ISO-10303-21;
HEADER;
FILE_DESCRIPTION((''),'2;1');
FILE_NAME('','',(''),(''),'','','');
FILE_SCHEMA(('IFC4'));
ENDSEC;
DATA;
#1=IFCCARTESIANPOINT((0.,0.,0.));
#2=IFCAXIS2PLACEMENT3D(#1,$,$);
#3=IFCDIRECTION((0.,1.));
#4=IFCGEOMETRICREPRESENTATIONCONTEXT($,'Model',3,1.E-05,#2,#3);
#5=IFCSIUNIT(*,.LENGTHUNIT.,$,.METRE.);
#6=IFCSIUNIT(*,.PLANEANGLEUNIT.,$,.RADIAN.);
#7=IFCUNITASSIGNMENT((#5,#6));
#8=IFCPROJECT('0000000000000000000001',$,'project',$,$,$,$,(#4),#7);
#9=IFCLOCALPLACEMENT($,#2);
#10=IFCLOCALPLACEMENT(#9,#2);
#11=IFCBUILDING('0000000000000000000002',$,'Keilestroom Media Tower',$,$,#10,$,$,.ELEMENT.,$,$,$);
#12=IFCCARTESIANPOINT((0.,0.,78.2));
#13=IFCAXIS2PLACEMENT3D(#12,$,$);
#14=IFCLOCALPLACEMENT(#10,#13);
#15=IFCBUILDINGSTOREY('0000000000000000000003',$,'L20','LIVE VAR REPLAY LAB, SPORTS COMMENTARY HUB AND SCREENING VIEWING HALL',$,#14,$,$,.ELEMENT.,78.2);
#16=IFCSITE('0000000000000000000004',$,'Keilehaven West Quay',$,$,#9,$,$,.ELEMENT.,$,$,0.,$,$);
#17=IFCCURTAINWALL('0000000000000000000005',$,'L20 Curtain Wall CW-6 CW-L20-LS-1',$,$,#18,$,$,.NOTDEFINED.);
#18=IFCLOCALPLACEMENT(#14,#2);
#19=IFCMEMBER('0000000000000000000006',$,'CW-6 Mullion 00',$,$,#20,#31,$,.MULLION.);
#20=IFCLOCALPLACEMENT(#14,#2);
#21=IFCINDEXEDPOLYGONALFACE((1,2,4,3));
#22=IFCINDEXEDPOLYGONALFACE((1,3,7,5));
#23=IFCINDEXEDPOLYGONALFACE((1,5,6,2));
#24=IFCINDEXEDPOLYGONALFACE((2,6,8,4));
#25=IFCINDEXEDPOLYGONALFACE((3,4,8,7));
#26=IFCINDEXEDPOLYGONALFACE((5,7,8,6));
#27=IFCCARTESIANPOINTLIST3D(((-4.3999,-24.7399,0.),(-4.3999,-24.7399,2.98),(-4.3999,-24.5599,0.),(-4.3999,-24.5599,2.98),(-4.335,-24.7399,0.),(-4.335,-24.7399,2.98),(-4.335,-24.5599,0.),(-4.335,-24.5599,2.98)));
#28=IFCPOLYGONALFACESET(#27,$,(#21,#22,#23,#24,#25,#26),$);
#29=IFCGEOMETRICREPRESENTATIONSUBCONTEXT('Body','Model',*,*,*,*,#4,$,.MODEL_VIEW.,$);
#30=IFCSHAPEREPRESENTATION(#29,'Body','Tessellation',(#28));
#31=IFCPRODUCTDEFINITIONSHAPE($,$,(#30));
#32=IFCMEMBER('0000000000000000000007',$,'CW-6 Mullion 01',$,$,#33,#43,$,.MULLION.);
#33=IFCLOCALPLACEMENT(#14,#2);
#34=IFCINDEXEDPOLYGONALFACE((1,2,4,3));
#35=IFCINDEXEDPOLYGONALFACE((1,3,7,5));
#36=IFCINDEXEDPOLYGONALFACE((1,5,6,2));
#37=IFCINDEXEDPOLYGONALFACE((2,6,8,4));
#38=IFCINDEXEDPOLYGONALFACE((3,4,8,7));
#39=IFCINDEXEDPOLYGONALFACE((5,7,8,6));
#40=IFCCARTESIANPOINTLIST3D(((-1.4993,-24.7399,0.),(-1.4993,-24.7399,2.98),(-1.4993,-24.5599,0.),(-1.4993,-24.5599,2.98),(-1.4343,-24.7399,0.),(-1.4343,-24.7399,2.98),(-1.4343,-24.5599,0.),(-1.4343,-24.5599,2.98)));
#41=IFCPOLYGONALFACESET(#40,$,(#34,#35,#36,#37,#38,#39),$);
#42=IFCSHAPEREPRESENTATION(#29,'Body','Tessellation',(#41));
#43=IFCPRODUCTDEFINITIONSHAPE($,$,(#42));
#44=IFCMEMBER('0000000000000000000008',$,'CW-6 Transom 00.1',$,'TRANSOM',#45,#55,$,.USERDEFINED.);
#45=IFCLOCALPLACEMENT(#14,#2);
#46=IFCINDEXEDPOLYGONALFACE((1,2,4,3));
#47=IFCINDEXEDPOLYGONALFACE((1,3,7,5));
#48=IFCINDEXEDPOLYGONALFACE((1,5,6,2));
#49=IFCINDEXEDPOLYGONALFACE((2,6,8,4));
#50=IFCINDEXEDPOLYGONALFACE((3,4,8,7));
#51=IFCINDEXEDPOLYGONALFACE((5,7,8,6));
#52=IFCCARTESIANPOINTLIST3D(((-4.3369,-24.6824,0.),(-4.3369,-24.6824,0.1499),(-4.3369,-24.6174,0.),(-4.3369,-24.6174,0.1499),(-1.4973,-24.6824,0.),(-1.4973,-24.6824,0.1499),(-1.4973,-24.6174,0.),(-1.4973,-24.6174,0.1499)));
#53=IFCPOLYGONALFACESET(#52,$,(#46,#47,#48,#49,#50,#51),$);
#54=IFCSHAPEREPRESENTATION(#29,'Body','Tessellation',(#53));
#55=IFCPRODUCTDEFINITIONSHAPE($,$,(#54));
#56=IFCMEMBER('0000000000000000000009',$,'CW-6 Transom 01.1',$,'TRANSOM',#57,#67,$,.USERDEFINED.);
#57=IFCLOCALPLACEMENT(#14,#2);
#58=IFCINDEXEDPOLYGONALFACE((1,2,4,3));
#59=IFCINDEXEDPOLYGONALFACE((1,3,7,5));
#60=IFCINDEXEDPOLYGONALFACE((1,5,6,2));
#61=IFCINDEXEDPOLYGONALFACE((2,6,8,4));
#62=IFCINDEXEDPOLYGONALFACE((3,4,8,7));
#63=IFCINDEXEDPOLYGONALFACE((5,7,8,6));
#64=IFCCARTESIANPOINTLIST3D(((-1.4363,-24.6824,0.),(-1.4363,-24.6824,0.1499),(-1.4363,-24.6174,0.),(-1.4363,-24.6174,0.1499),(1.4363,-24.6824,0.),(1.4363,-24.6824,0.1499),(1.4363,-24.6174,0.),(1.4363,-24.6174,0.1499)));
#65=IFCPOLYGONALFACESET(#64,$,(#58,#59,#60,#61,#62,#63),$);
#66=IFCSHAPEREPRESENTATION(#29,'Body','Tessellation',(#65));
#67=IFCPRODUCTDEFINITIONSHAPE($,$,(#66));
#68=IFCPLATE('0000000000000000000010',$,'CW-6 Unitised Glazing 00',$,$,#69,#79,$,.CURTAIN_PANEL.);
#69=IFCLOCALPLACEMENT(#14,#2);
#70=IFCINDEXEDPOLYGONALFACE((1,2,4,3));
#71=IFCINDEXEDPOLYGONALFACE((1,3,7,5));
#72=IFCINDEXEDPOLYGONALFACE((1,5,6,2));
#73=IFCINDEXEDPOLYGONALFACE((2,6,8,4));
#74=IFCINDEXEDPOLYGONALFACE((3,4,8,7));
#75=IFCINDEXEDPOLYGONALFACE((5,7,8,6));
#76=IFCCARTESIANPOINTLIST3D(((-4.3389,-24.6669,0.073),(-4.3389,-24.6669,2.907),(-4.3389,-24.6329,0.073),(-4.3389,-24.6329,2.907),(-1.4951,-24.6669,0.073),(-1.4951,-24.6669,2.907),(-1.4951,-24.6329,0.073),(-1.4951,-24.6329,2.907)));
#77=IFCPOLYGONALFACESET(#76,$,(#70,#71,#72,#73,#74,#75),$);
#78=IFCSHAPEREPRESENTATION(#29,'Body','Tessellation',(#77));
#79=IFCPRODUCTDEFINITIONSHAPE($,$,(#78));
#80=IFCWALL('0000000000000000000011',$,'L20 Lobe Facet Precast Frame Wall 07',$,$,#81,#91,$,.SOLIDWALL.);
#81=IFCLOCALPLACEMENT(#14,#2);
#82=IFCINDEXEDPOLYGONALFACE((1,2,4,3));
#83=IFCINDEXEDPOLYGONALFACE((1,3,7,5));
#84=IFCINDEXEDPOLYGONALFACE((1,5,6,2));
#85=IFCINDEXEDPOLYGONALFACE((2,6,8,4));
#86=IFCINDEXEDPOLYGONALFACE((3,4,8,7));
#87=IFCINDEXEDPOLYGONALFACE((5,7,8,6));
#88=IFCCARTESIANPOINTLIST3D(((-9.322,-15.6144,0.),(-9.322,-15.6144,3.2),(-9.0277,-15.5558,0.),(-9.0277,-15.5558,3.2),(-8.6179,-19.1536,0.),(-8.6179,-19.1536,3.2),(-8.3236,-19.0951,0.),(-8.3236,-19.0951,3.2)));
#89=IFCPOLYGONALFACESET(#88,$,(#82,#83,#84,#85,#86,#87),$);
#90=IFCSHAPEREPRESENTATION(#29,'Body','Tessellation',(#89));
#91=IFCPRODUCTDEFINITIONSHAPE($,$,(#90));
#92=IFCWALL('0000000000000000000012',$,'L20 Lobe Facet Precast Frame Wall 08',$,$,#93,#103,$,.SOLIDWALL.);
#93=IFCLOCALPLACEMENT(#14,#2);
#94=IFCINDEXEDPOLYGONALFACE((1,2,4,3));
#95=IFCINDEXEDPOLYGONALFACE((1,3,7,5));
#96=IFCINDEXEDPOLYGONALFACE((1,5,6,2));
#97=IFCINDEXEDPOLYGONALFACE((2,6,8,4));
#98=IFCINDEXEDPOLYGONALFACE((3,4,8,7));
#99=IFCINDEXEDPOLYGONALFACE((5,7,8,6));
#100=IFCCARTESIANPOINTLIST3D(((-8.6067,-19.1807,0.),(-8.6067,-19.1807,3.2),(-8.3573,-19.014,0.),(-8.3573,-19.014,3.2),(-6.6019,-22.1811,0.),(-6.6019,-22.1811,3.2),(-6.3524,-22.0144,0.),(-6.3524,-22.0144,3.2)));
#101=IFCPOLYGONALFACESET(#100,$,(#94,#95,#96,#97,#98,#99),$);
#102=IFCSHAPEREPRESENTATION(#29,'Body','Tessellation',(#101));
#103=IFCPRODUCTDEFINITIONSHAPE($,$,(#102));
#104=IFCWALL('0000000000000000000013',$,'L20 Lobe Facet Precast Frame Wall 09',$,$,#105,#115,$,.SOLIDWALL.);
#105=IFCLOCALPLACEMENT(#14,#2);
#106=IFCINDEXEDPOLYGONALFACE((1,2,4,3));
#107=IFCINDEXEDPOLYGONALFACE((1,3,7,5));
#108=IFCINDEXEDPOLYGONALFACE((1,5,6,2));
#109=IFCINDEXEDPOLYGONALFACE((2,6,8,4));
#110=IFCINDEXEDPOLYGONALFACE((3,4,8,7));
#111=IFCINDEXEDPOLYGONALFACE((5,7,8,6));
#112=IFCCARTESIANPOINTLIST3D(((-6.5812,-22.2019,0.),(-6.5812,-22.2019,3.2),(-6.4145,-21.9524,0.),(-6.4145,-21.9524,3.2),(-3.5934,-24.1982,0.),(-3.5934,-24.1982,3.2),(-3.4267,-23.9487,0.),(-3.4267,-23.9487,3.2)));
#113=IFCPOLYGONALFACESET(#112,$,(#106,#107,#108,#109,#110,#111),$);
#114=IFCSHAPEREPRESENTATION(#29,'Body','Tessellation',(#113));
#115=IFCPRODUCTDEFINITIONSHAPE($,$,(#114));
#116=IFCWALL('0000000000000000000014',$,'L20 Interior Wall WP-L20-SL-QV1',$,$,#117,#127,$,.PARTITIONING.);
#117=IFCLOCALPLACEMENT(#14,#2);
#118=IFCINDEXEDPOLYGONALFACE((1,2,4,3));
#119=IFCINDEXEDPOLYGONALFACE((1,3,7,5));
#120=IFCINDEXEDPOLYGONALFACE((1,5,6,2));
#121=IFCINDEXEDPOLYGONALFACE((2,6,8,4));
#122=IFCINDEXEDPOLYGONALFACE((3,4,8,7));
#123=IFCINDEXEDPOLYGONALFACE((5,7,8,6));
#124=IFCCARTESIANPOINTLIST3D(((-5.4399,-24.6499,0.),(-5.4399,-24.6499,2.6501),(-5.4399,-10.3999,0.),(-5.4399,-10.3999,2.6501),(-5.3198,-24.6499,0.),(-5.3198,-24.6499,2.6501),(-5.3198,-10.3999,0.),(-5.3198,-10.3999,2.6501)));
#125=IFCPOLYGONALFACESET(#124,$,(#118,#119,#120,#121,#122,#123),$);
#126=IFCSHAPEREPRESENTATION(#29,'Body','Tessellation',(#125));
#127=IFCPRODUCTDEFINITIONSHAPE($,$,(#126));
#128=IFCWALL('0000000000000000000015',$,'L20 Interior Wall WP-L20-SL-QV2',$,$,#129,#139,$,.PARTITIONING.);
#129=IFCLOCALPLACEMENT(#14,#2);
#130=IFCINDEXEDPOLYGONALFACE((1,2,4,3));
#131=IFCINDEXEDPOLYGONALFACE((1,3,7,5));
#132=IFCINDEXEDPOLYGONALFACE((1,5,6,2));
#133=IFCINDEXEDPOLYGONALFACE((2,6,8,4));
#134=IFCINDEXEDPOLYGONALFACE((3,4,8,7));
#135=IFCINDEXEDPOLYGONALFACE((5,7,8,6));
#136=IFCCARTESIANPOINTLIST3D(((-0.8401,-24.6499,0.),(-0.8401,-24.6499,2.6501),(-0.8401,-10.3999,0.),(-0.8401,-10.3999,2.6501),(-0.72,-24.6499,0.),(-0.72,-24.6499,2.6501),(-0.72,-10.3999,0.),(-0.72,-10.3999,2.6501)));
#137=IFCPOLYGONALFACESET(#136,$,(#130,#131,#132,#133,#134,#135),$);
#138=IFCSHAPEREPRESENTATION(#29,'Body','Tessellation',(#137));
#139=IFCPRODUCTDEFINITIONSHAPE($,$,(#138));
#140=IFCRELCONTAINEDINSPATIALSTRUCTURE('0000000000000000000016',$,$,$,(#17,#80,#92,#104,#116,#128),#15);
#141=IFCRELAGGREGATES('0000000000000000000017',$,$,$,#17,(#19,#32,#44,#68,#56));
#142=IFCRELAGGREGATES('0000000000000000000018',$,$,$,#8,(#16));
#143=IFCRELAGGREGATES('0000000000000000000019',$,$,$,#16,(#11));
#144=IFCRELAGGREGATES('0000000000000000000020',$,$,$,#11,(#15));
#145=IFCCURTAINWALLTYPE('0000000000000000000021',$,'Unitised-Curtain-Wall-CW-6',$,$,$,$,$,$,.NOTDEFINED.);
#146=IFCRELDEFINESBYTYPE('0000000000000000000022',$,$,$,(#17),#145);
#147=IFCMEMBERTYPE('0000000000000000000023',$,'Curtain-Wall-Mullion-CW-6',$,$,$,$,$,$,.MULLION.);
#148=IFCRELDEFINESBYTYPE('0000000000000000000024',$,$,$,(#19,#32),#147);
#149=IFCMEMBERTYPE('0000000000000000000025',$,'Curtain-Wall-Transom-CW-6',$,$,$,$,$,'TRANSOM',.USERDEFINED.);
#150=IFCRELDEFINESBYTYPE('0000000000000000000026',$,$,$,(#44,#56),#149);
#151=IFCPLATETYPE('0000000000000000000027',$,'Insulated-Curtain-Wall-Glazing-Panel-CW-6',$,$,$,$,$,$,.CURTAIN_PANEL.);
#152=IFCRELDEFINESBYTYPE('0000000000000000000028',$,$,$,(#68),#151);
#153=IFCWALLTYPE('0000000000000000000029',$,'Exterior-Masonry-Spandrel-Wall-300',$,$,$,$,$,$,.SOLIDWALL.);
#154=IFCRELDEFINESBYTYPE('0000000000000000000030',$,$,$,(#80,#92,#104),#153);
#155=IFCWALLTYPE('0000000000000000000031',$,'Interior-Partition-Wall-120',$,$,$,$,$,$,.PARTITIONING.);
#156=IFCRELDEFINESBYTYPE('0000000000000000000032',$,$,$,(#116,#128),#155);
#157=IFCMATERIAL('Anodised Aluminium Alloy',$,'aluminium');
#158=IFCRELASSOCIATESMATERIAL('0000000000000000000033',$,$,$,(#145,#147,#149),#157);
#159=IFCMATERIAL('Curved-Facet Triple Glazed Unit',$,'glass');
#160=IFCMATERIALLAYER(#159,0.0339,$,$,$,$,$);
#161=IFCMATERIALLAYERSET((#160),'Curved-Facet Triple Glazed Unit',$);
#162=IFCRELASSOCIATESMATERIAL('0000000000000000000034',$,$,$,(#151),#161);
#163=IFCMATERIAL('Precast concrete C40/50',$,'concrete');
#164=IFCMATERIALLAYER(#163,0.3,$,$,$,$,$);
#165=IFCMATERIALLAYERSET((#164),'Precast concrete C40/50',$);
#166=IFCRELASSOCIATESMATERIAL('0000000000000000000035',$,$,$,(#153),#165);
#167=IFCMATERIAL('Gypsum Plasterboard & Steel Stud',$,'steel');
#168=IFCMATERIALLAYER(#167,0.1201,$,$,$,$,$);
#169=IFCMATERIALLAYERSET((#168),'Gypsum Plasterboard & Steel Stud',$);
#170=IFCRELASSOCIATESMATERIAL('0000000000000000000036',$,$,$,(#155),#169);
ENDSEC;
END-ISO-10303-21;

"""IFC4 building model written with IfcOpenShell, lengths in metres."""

from ifc_helpers import new_model, si_unit, direction, frame, frame_2d, origin, origin_2d, place, context, subcontext, project, spatial, rectangle, extrude, source, transform, mapped, material, layer, layer_set, material_profile, profile_set, type_object, element, aggregate, save


model = new_model("IFC4")

# Units and contexts
model_context = context("Model", 3, precision=1e-05, world=origin(), true_north=direction((0.0, 1.0)))
body_context = subcontext(model_context, "Body", "Model", "MODEL_VIEW")
ifc_project = project(units=[si_unit("LENGTHUNIT", "METRE"), si_unit("PLANEANGLEUNIT", "RADIAN")], contexts=[model_context])

# Site, building, storey
site_placement = place(None, origin())
site = spatial("IfcSite", under=ifc_project, at=site_placement, Name="Keilehaven West Quay", CompositionType="ELEMENT", RefElevation=0.0)
building_placement = place(site_placement, origin())
building = spatial("IfcBuilding", under=site, at=building_placement, Name="Keilestroom Media Tower", CompositionType="ELEMENT")
storey_placement = place(building_placement, frame((0.0, 0.0, 78.2)))
storey = spatial("IfcBuildingStorey", under=building, at=storey_placement, Name="L20", Description="LIVE VAR REPLAY LAB, SPORTS COMMENTARY HUB AND SCREENING VIEWING HALL", CompositionType="ELEMENT", Elevation=78.2)

# Curtain wall, members, plate
ifc_material_1 = material(Name="Anodised Aluminium Alloy", Category="aluminium")
curtain_wall_type = type_object("IfcCurtainWallType", Name="Unitised-Curtain-Wall-CW-6", PredefinedType="NOTDEFINED", material=ifc_material_1)
curtain_wall_placement = place(storey_placement, origin())
curtain_wall = element("IfcCurtainWall", 1, at=curtain_wall_placement, inside=storey, type_object=curtain_wall_type, Name="L20 Curtain Wall CW-6 CW-L20-LS-1", PredefinedType="NOTDEFINED")
ifc_material_profile_1 = material_profile(ifc_material_1, rectangle(XDim=0.0649, YDim=0.1799, at=origin_2d()), Name="ALU MULLION 65x180")
ifc_profile_set_1 = profile_set([ifc_material_profile_1], Name="Anodised Aluminium Alloy")
member_type_1 = type_object("IfcMemberType", Name="Curtain-Wall-Mullion-CW-6", PredefinedType="MULLION", material=ifc_profile_set_1)
shared_shape_1 = source(origin(), body_context, "Body", "SweptSolid", [
    extrude(rectangle(XDim=0.0649, YDim=0.1799, at=origin_2d()), origin(), (0.0, 0.0, 1.0), 2.98),
])
member_1_placement = place(storey_placement, frame((-4.3674, -24.6499, 0.0), z_axis=(0.0, 0.0, 1.0), x_axis=(1.0, 0.0, 0.0)))
member_1 = element("IfcMember", 2, at=member_1_placement, type_object=member_type_1, Name="CW-6 Mullion 00", PredefinedType="MULLION", context=body_context, shape_type="MappedRepresentation", body=[
    mapped(shared_shape_1, transform((0.0, 0.0, 0.0), x_axis=(1.0, 0.0, 0.0), y_axis=(0.0, 1.0, 0.0), z_axis=(0.0, 0.0, 1.0), scale=1.0)),
])
member_2_placement = place(storey_placement, frame((-1.4668, -24.6499, 0.0), z_axis=(0.0, 0.0, 1.0), x_axis=(1.0, 0.0, 0.0)))
member_2 = element("IfcMember", 3, at=member_2_placement, type_object=member_type_1, Name="CW-6 Mullion 01", PredefinedType="MULLION", context=body_context, shape_type="MappedRepresentation", body=[
    mapped(shared_shape_1, transform((0.0, 0.0, 0.0), x_axis=(1.0, 0.0, 0.0), y_axis=(0.0, 1.0, 0.0), z_axis=(0.0, 0.0, 1.0), scale=1.0)),
])
ifc_material_profile_2 = material_profile(ifc_material_1, rectangle(XDim=0.0649, YDim=0.1499, at=origin_2d()), Name="ALU TRANSOM 65x150")
ifc_profile_set_2 = profile_set([ifc_material_profile_2], Name="Anodised Aluminium Alloy")
member_type_2 = type_object("IfcMemberType", Name="Curtain-Wall-Transom-CW-6", ElementType="TRANSOM", PredefinedType="USERDEFINED", material=ifc_profile_set_2)
shared_shape_2 = source(origin(), body_context, "Body", "SweptSolid", [
    extrude(rectangle(XDim=0.0649, YDim=0.1499, at=origin_2d()), origin(), (0.0, 0.0, 1.0), 2.8396),
])
member_3_placement = place(storey_placement, frame((-4.3369, -24.6499, 0.075), z_axis=(1.0, 0.0, 0.0), x_axis=(0.0, 1.0, 0.0)))
member_3 = element("IfcMember", 4, at=member_3_placement, type_object=member_type_2, Name="CW-6 Transom 00.1", ObjectType="TRANSOM", PredefinedType="USERDEFINED", context=body_context, shape_type="MappedRepresentation", body=[
    mapped(shared_shape_2, transform((0.0, 0.0, 0.0), x_axis=(1.0, 0.0, 0.0), y_axis=(0.0, 1.0, 0.0), z_axis=(0.0, 0.0, 1.0), scale=1.0)),
])
shared_shape_3 = source(origin(), body_context, "Body", "SweptSolid", [
    extrude(rectangle(XDim=0.0649, YDim=0.1499, at=origin_2d()), origin(), (0.0, 0.0, 1.0), 2.8726),
])
member_4_placement = place(storey_placement, frame((-1.4363, -24.6499, 0.075), z_axis=(1.0, 0.0, 0.0), x_axis=(0.0, 1.0, 0.0)))
member_4 = element("IfcMember", 5, at=member_4_placement, type_object=member_type_2, Name="CW-6 Transom 01.1", ObjectType="TRANSOM", PredefinedType="USERDEFINED", context=body_context, shape_type="MappedRepresentation", body=[
    mapped(shared_shape_3, transform((0.0, 0.0, 0.0), x_axis=(1.0, 0.0, 0.0), y_axis=(0.0, 1.0, 0.0), z_axis=(0.0, 0.0, 1.0), scale=1.0)),
])
ifc_material_2 = material(Name="Curved-Facet Triple Glazed Unit", Category="glass")
ifc_layer_1 = layer(ifc_material_2, 0.0339)
ifc_layer_set_1 = layer_set([ifc_layer_1], Name="Curved-Facet Triple Glazed Unit")
plate_type = type_object("IfcPlateType", Name="Insulated-Curtain-Wall-Glazing-Panel-CW-6", PredefinedType="CURTAIN_PANEL", material=ifc_layer_set_1)
shared_shape_4 = source(origin(), body_context, "Body", "SweptSolid", [
    extrude(rectangle(XDim=2.8438, YDim=0.0339, at=origin_2d()), origin(), (0.0, 0.0, 1.0), 2.834),
])
plate_placement = place(storey_placement, frame((-2.917, -24.6499, 0.073), z_axis=(0.0, 0.0, 1.0), x_axis=(1.0, 0.0, 0.0)))
plate = element("IfcPlate", 6, at=plate_placement, type_object=plate_type, Name="CW-6 Unitised Glazing 00", PredefinedType="CURTAIN_PANEL", context=body_context, shape_type="MappedRepresentation", body=[
    mapped(shared_shape_4, transform((0.0, 0.0, 0.0), x_axis=(1.0, 0.0, 0.0), y_axis=(0.0, 1.0, 0.0), z_axis=(0.0, 0.0, 1.0), scale=1.0)),
])
aggregate(curtain_wall, [member_1, member_2, member_3, plate, member_4])

# Walls
ifc_material_3 = material(Name="Precast concrete C40/50", Category="concrete")
ifc_layer_2 = layer(ifc_material_3, 0.3)
ifc_layer_set_2 = layer_set([ifc_layer_2], Name="Precast concrete C40/50")
wall_type_1 = type_object("IfcWallType", Name="Exterior-Masonry-Spandrel-Wall-300", PredefinedType="SOLIDWALL", material=ifc_layer_set_2)
for number, where, z_axis, x_axis, name in (
    (7, (-9.1748, -15.5852, 0.0), (0.0, 0.0, 1.0), (0.195114, -0.980781, 0.0), "L20 Lobe Facet Precast Frame Wall 07"),
    (8, (-8.4819, -19.0974, 0.0), (0.0, 0.0, 1.0), (0.555574, -0.831467, 0.0), "L20 Lobe Facet Precast Frame Wall 08"),
):
    element("IfcWall", number, at=place(storey_placement, frame(where, z_axis=z_axis, x_axis=x_axis)), inside=storey, type_object=wall_type_1, Name=name, PredefinedType="SOLIDWALL", context=body_context, shape_type="SweptSolid", body=[
        extrude(rectangle(XDim=3.6086, YDim=0.3, at=frame_2d((1.8042, 0.0))), origin(), (0.0, 0.0, 1.0), 3.2),
    ])
wall_1_placement = place(storey_placement, frame((-6.4978, -22.0771, 0.0), z_axis=(0.0, 0.0, 1.0), x_axis=(0.831475, -0.555562, 0.0)))
element("IfcWall", 9, at=wall_1_placement, inside=storey, type_object=wall_type_1, Name="L20 Lobe Facet Precast Frame Wall 09", PredefinedType="SOLIDWALL", context=body_context, shape_type="SweptSolid", body=[
    extrude(rectangle(XDim=3.5933, YDim=0.3, at=frame_2d((1.7966, 0.0))), origin(), (0.0, 0.0, 1.0), 3.2),
])
ifc_material_4 = material(Name="Gypsum Plasterboard & Steel Stud", Category="steel")
ifc_layer_3 = layer(ifc_material_4, 0.1201)
ifc_layer_set_3 = layer_set([ifc_layer_3], Name="Gypsum Plasterboard & Steel Stud")
wall_type_2 = type_object("IfcWallType", Name="Interior-Partition-Wall-120", PredefinedType="PARTITIONING", material=ifc_layer_set_3)
for number, where, z_axis, x_axis, name in (
    (10, (-5.3799, -24.6499, 0.0), (0.0, 0.0, 1.0), (0.0, 1.0, 0.0), "L20 Interior Wall WP-L20-SL-QV1"),
    (11, (-0.78, -24.6499, 0.0), (0.0, 0.0, 1.0), (0.0, 1.0, 0.0), "L20 Interior Wall WP-L20-SL-QV2"),
):
    element("IfcWall", number, at=place(storey_placement, frame(where, z_axis=z_axis, x_axis=x_axis)), inside=storey, type_object=wall_type_2, Name=name, PredefinedType="PARTITIONING", context=body_context, shape_type="SweptSolid", body=[
        extrude(rectangle(XDim=14.25, YDim=0.1201, at=frame_2d((7.125, 0.0))), origin(), (0.0, 0.0, 1.0), 2.6501),
    ])

save(model, "model.ifc")
